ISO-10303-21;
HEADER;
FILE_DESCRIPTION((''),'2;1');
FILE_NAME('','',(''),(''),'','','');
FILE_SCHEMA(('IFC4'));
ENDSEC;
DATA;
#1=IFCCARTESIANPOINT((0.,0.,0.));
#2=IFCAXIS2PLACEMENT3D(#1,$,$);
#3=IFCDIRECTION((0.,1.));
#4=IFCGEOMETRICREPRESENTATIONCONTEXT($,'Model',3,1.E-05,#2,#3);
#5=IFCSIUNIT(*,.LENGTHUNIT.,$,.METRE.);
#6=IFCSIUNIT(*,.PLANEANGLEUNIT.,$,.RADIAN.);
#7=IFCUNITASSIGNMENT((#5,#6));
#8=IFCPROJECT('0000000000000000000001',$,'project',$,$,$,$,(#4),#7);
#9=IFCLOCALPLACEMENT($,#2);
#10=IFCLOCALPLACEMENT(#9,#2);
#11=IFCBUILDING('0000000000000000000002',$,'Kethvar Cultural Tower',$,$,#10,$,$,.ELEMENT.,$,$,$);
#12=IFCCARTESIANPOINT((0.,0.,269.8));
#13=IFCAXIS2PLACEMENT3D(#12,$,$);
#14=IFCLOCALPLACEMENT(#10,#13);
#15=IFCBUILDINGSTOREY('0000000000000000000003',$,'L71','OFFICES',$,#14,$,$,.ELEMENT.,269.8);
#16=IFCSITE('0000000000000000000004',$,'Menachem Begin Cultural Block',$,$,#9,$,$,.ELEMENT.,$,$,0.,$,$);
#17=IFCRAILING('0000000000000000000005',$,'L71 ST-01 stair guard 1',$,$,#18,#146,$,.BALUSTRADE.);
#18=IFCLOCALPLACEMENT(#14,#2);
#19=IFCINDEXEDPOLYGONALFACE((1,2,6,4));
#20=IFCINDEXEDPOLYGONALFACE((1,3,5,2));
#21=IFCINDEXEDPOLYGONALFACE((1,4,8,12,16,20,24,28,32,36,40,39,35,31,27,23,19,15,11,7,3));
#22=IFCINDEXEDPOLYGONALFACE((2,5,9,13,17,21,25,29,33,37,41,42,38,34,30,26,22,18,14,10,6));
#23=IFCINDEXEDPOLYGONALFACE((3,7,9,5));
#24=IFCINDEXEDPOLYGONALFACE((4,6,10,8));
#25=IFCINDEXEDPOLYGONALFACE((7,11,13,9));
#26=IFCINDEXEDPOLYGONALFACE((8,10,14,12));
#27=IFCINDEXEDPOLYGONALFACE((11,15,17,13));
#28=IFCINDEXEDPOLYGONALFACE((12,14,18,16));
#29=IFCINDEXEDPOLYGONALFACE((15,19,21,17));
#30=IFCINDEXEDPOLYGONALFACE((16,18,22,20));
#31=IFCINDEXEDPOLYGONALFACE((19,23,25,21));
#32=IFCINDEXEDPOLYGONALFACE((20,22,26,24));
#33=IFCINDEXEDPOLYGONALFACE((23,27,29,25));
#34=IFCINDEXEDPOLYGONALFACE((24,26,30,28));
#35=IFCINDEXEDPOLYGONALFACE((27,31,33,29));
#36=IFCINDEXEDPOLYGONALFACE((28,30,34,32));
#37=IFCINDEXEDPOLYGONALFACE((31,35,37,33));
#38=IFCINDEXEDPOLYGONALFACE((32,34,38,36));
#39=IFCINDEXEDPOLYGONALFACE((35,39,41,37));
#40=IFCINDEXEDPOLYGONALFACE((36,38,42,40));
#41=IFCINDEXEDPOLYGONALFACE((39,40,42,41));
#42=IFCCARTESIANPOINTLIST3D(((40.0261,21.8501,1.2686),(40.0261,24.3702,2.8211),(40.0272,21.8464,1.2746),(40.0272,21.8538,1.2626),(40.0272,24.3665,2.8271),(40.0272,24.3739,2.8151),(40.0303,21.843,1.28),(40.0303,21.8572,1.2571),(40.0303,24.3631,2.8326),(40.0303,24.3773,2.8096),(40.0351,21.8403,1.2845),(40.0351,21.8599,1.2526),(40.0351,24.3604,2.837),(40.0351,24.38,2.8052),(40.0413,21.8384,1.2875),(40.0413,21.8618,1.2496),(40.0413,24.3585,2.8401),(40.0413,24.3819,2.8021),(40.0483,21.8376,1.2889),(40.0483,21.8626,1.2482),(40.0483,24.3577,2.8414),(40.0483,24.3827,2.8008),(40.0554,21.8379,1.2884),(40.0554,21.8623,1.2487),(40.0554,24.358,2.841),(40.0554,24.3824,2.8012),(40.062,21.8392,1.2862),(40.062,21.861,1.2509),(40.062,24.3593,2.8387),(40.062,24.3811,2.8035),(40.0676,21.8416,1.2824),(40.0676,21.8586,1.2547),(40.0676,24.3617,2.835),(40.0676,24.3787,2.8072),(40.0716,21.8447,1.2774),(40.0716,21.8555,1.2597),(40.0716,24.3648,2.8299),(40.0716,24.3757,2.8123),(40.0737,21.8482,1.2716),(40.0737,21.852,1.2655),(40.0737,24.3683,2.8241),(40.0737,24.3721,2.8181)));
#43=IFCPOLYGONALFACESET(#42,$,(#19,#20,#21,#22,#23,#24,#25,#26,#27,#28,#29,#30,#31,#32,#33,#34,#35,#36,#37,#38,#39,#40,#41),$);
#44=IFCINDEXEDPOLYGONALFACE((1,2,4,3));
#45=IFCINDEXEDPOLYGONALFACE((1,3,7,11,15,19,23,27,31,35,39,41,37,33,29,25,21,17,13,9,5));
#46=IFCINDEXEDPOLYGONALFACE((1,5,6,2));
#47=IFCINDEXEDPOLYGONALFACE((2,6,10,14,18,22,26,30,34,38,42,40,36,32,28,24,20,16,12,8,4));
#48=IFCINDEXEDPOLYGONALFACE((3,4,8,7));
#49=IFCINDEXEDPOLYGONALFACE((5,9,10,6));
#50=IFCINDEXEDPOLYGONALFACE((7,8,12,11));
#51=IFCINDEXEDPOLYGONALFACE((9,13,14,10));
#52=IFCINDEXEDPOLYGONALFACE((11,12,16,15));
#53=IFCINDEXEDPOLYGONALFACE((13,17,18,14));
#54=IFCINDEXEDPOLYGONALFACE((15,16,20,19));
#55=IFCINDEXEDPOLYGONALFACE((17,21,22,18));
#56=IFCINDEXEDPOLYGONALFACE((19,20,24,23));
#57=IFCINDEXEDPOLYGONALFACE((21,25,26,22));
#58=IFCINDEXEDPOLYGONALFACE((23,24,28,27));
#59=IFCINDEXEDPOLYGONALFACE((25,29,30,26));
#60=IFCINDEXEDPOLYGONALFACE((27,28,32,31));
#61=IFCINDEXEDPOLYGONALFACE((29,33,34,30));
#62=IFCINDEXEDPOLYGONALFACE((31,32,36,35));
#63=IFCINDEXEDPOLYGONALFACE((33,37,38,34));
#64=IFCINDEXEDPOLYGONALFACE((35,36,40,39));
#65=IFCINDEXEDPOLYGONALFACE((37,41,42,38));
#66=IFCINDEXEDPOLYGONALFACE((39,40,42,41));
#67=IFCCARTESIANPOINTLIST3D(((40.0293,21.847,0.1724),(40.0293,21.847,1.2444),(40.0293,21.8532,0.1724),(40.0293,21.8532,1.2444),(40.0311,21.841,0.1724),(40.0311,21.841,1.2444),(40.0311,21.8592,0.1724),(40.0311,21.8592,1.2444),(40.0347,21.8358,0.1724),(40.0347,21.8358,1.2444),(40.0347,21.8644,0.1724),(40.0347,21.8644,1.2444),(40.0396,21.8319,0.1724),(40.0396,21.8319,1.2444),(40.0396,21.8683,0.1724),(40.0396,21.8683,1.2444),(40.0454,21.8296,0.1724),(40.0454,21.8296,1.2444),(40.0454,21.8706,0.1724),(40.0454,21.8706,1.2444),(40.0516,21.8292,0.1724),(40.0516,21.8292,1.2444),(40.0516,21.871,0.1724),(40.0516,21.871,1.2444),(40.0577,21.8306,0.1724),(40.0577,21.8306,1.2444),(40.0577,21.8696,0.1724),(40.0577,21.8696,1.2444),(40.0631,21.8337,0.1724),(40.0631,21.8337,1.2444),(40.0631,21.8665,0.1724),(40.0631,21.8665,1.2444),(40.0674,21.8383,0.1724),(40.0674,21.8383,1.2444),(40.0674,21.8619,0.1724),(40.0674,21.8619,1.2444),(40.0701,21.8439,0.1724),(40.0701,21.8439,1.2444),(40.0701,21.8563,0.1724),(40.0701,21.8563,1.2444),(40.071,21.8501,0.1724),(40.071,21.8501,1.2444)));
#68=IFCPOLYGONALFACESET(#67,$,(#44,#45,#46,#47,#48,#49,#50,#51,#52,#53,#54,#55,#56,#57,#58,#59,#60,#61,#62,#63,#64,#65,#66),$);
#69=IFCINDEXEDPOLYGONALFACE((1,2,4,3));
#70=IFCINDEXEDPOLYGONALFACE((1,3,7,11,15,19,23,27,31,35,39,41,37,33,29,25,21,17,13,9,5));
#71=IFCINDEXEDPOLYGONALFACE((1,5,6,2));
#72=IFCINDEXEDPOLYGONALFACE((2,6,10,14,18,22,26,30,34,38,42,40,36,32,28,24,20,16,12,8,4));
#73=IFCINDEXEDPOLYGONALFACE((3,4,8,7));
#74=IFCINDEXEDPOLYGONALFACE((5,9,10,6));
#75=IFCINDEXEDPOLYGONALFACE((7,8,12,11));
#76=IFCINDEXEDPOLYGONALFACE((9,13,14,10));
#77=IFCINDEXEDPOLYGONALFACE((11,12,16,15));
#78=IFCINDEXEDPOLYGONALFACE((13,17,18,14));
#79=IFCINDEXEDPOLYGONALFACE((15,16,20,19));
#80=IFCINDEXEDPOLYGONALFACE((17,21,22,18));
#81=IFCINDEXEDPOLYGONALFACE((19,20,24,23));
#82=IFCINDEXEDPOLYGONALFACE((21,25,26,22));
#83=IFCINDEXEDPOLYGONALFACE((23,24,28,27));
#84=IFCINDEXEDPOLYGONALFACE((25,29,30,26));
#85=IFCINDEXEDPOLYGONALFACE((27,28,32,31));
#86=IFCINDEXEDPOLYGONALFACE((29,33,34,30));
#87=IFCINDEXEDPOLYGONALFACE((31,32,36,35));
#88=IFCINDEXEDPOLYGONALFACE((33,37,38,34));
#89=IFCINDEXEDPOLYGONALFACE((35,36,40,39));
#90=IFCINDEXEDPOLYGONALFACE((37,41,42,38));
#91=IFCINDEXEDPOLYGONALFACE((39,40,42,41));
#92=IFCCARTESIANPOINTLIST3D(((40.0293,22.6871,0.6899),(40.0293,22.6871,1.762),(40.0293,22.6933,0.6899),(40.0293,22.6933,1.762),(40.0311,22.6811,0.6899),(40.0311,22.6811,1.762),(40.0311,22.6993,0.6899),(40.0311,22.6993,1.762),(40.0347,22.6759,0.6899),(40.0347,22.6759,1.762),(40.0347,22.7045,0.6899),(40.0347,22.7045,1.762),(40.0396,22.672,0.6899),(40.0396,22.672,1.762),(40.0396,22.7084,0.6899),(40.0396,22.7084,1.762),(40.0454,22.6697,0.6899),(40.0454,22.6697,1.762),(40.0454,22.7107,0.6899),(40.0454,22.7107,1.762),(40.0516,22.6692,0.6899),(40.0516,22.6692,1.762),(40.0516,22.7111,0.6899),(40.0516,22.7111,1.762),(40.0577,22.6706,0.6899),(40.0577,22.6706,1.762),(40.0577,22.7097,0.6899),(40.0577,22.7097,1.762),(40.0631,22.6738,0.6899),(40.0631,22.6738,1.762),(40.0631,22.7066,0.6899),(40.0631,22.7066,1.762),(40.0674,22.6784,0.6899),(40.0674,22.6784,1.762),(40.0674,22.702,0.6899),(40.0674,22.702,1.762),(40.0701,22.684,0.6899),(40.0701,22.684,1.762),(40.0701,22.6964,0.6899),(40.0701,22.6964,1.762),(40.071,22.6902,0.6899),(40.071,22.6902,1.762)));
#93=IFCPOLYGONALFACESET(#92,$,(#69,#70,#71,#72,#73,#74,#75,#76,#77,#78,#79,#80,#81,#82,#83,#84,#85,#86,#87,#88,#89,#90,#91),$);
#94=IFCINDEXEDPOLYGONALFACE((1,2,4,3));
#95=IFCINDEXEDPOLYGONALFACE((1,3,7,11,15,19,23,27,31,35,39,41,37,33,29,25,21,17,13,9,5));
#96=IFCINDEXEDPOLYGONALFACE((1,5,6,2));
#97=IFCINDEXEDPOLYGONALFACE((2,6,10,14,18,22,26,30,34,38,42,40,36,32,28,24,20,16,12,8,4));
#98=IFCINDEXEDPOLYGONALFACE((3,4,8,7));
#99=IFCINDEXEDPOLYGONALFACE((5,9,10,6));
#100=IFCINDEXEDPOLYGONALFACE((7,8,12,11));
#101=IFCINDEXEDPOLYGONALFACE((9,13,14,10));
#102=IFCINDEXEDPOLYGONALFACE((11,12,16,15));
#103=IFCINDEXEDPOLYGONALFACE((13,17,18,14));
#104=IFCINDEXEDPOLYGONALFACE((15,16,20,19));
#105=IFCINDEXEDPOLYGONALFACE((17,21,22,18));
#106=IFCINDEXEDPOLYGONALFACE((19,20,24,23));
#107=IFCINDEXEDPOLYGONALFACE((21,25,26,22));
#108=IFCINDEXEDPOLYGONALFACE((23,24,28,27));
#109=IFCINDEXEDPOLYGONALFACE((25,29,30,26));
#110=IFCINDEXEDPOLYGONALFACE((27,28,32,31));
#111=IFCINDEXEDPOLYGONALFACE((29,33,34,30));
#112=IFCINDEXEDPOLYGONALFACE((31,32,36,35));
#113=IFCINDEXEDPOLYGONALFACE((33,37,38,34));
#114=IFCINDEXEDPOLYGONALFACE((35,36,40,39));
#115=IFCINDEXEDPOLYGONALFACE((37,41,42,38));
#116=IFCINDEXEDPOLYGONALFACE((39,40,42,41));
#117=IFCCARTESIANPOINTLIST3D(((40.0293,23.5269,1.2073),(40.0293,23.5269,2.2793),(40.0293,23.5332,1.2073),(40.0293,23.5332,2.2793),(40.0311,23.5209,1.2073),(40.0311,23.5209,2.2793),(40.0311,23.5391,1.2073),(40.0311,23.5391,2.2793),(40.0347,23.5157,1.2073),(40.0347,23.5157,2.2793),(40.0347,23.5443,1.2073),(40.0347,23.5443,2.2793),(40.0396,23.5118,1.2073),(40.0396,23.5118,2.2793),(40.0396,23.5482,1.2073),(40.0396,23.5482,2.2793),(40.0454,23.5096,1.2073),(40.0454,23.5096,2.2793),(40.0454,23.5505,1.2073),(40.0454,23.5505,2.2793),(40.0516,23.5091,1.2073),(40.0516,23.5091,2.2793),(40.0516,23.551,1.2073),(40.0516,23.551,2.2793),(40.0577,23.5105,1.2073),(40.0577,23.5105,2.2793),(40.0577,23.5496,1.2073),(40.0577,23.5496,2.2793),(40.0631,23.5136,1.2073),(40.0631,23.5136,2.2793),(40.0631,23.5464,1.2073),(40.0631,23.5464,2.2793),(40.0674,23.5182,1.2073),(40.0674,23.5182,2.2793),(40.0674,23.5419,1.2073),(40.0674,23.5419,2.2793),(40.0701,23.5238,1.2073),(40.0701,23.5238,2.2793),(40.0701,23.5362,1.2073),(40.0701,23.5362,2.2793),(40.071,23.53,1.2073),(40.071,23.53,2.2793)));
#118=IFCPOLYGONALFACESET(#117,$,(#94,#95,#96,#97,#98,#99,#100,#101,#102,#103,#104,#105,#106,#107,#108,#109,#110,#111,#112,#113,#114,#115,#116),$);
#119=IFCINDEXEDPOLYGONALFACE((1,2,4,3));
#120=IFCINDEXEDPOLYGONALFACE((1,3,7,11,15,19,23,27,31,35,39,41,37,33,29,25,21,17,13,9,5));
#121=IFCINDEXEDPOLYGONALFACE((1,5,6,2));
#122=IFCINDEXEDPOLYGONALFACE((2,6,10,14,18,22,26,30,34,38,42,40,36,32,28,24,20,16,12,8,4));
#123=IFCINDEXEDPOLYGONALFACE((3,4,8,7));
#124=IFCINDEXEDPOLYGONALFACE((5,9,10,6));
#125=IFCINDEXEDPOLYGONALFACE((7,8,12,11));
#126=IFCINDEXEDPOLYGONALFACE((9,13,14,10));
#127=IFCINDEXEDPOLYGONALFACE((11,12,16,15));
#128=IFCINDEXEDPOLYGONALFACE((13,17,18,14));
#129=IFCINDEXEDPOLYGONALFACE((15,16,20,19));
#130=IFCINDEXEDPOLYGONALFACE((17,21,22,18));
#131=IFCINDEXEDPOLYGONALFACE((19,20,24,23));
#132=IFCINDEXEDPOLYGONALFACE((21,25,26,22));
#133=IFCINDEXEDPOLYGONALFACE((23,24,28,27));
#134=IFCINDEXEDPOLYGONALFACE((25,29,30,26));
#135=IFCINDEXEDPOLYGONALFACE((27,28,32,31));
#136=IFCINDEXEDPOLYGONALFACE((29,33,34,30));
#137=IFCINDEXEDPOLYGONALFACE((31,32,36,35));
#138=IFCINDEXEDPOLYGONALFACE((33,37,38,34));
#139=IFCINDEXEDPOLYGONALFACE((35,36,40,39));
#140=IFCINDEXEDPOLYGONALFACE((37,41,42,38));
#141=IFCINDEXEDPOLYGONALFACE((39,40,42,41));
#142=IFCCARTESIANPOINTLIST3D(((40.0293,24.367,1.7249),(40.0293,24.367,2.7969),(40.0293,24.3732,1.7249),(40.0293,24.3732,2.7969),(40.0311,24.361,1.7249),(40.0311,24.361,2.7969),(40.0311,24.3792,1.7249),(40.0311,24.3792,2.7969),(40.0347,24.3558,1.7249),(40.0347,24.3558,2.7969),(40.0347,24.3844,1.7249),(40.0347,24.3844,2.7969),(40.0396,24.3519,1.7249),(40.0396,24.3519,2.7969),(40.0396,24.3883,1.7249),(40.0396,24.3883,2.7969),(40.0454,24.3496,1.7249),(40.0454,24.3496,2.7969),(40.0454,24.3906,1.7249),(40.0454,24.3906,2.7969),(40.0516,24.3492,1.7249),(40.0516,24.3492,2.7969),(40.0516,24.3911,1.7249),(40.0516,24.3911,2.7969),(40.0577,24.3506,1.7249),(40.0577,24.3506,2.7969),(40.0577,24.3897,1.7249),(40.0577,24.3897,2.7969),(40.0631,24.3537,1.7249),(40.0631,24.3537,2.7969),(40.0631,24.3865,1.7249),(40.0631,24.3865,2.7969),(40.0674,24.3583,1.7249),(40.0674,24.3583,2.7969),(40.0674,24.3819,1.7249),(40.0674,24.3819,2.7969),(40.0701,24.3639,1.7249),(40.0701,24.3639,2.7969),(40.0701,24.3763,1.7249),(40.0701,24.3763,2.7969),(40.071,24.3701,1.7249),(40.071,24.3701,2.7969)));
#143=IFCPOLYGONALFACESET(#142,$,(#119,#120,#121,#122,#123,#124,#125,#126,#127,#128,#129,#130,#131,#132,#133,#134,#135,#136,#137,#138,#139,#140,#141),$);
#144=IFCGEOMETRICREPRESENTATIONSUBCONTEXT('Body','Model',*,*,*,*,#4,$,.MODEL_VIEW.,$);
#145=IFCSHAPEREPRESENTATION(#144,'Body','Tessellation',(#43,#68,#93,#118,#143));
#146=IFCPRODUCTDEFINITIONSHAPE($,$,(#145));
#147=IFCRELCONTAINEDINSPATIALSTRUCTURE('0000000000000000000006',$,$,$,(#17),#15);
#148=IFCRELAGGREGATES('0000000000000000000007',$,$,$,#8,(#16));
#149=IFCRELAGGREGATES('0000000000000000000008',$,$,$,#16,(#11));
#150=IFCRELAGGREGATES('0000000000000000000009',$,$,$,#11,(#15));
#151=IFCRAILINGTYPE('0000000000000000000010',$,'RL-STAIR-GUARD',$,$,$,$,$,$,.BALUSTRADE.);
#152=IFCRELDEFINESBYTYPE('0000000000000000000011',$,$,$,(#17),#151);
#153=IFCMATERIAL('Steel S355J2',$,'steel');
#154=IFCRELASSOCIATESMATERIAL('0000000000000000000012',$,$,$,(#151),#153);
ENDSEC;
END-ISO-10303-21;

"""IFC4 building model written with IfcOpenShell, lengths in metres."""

from ifc_helpers import new_model, si_unit, direction, frame, origin, origin_2d, place, context, subcontext, project, spatial, circle, extrude, material, type_object, element, save


model = new_model("IFC4")

# Units and contexts
model_context = context("Model", 3, precision=1e-05, world=origin(), true_north=direction((0.0, 1.0)))
body_context = subcontext(model_context, "Body", "Model", "MODEL_VIEW")
ifc_project = project(units=[si_unit("LENGTHUNIT", "METRE"), si_unit("PLANEANGLEUNIT", "RADIAN")], contexts=[model_context])

# Site, building, storey
site_placement = place(None, origin())
site = spatial("IfcSite", under=ifc_project, at=site_placement, Name="Menachem Begin Cultural Block", CompositionType="ELEMENT", RefElevation=0.0)
building_placement = place(site_placement, origin())
building = spatial("IfcBuilding", under=site, at=building_placement, Name="Kethvar Cultural Tower", CompositionType="ELEMENT")
storey_placement = place(building_placement, frame((0.0, 0.0, 269.8)))
storey = spatial("IfcBuildingStorey", under=building, at=storey_placement, Name="L71", Description="OFFICES", CompositionType="ELEMENT", Elevation=269.8)

# Shared definitions
ifc_material_1 = material(Name="Steel S355J2", Category="steel")

# Railing
railing_type_1 = type_object("IfcRailingType", Name="RL-STAIR-GUARD", PredefinedType="BALUSTRADE", material=ifc_material_1)
railing_1_placement = place(storey_placement, frame((40.05, 21.8501, 0.1724)))
element("IfcRailing", 1, at=railing_1_placement, inside=storey, type_object=railing_type_1, Name="L71 ST-01 stair guard 1", PredefinedType="BALUSTRADE", context=body_context, shape_type="SweptSolid", body=[
    extrude(circle(Radius=0.0239, at=origin_2d()), frame((0.0, 0.0, 1.0962), z_axis=(0.0, 0.8514, 0.524516), x_axis=(-1.0, 0.0, 0.0)), (0.0, 0.0, 1.0), 2.96),
    extrude(circle(Radius=0.021, at=origin_2d()), origin(), (0.0, 0.0, 1.0), 1.072),
    extrude(circle(Radius=0.021, at=origin_2d()), frame((0.0, 0.8401, 0.5176)), (0.0, 0.0, 1.0), 1.072),
    extrude(circle(Radius=0.021, at=origin_2d()), frame((0.0, 1.6799, 1.0349)), (0.0, 0.0, 1.0), 1.072),
    extrude(circle(Radius=0.021, at=origin_2d()), frame((0.0, 2.52, 1.5525)), (0.0, 0.0, 1.0), 1.072),
])

save(model, "model.ifc")
